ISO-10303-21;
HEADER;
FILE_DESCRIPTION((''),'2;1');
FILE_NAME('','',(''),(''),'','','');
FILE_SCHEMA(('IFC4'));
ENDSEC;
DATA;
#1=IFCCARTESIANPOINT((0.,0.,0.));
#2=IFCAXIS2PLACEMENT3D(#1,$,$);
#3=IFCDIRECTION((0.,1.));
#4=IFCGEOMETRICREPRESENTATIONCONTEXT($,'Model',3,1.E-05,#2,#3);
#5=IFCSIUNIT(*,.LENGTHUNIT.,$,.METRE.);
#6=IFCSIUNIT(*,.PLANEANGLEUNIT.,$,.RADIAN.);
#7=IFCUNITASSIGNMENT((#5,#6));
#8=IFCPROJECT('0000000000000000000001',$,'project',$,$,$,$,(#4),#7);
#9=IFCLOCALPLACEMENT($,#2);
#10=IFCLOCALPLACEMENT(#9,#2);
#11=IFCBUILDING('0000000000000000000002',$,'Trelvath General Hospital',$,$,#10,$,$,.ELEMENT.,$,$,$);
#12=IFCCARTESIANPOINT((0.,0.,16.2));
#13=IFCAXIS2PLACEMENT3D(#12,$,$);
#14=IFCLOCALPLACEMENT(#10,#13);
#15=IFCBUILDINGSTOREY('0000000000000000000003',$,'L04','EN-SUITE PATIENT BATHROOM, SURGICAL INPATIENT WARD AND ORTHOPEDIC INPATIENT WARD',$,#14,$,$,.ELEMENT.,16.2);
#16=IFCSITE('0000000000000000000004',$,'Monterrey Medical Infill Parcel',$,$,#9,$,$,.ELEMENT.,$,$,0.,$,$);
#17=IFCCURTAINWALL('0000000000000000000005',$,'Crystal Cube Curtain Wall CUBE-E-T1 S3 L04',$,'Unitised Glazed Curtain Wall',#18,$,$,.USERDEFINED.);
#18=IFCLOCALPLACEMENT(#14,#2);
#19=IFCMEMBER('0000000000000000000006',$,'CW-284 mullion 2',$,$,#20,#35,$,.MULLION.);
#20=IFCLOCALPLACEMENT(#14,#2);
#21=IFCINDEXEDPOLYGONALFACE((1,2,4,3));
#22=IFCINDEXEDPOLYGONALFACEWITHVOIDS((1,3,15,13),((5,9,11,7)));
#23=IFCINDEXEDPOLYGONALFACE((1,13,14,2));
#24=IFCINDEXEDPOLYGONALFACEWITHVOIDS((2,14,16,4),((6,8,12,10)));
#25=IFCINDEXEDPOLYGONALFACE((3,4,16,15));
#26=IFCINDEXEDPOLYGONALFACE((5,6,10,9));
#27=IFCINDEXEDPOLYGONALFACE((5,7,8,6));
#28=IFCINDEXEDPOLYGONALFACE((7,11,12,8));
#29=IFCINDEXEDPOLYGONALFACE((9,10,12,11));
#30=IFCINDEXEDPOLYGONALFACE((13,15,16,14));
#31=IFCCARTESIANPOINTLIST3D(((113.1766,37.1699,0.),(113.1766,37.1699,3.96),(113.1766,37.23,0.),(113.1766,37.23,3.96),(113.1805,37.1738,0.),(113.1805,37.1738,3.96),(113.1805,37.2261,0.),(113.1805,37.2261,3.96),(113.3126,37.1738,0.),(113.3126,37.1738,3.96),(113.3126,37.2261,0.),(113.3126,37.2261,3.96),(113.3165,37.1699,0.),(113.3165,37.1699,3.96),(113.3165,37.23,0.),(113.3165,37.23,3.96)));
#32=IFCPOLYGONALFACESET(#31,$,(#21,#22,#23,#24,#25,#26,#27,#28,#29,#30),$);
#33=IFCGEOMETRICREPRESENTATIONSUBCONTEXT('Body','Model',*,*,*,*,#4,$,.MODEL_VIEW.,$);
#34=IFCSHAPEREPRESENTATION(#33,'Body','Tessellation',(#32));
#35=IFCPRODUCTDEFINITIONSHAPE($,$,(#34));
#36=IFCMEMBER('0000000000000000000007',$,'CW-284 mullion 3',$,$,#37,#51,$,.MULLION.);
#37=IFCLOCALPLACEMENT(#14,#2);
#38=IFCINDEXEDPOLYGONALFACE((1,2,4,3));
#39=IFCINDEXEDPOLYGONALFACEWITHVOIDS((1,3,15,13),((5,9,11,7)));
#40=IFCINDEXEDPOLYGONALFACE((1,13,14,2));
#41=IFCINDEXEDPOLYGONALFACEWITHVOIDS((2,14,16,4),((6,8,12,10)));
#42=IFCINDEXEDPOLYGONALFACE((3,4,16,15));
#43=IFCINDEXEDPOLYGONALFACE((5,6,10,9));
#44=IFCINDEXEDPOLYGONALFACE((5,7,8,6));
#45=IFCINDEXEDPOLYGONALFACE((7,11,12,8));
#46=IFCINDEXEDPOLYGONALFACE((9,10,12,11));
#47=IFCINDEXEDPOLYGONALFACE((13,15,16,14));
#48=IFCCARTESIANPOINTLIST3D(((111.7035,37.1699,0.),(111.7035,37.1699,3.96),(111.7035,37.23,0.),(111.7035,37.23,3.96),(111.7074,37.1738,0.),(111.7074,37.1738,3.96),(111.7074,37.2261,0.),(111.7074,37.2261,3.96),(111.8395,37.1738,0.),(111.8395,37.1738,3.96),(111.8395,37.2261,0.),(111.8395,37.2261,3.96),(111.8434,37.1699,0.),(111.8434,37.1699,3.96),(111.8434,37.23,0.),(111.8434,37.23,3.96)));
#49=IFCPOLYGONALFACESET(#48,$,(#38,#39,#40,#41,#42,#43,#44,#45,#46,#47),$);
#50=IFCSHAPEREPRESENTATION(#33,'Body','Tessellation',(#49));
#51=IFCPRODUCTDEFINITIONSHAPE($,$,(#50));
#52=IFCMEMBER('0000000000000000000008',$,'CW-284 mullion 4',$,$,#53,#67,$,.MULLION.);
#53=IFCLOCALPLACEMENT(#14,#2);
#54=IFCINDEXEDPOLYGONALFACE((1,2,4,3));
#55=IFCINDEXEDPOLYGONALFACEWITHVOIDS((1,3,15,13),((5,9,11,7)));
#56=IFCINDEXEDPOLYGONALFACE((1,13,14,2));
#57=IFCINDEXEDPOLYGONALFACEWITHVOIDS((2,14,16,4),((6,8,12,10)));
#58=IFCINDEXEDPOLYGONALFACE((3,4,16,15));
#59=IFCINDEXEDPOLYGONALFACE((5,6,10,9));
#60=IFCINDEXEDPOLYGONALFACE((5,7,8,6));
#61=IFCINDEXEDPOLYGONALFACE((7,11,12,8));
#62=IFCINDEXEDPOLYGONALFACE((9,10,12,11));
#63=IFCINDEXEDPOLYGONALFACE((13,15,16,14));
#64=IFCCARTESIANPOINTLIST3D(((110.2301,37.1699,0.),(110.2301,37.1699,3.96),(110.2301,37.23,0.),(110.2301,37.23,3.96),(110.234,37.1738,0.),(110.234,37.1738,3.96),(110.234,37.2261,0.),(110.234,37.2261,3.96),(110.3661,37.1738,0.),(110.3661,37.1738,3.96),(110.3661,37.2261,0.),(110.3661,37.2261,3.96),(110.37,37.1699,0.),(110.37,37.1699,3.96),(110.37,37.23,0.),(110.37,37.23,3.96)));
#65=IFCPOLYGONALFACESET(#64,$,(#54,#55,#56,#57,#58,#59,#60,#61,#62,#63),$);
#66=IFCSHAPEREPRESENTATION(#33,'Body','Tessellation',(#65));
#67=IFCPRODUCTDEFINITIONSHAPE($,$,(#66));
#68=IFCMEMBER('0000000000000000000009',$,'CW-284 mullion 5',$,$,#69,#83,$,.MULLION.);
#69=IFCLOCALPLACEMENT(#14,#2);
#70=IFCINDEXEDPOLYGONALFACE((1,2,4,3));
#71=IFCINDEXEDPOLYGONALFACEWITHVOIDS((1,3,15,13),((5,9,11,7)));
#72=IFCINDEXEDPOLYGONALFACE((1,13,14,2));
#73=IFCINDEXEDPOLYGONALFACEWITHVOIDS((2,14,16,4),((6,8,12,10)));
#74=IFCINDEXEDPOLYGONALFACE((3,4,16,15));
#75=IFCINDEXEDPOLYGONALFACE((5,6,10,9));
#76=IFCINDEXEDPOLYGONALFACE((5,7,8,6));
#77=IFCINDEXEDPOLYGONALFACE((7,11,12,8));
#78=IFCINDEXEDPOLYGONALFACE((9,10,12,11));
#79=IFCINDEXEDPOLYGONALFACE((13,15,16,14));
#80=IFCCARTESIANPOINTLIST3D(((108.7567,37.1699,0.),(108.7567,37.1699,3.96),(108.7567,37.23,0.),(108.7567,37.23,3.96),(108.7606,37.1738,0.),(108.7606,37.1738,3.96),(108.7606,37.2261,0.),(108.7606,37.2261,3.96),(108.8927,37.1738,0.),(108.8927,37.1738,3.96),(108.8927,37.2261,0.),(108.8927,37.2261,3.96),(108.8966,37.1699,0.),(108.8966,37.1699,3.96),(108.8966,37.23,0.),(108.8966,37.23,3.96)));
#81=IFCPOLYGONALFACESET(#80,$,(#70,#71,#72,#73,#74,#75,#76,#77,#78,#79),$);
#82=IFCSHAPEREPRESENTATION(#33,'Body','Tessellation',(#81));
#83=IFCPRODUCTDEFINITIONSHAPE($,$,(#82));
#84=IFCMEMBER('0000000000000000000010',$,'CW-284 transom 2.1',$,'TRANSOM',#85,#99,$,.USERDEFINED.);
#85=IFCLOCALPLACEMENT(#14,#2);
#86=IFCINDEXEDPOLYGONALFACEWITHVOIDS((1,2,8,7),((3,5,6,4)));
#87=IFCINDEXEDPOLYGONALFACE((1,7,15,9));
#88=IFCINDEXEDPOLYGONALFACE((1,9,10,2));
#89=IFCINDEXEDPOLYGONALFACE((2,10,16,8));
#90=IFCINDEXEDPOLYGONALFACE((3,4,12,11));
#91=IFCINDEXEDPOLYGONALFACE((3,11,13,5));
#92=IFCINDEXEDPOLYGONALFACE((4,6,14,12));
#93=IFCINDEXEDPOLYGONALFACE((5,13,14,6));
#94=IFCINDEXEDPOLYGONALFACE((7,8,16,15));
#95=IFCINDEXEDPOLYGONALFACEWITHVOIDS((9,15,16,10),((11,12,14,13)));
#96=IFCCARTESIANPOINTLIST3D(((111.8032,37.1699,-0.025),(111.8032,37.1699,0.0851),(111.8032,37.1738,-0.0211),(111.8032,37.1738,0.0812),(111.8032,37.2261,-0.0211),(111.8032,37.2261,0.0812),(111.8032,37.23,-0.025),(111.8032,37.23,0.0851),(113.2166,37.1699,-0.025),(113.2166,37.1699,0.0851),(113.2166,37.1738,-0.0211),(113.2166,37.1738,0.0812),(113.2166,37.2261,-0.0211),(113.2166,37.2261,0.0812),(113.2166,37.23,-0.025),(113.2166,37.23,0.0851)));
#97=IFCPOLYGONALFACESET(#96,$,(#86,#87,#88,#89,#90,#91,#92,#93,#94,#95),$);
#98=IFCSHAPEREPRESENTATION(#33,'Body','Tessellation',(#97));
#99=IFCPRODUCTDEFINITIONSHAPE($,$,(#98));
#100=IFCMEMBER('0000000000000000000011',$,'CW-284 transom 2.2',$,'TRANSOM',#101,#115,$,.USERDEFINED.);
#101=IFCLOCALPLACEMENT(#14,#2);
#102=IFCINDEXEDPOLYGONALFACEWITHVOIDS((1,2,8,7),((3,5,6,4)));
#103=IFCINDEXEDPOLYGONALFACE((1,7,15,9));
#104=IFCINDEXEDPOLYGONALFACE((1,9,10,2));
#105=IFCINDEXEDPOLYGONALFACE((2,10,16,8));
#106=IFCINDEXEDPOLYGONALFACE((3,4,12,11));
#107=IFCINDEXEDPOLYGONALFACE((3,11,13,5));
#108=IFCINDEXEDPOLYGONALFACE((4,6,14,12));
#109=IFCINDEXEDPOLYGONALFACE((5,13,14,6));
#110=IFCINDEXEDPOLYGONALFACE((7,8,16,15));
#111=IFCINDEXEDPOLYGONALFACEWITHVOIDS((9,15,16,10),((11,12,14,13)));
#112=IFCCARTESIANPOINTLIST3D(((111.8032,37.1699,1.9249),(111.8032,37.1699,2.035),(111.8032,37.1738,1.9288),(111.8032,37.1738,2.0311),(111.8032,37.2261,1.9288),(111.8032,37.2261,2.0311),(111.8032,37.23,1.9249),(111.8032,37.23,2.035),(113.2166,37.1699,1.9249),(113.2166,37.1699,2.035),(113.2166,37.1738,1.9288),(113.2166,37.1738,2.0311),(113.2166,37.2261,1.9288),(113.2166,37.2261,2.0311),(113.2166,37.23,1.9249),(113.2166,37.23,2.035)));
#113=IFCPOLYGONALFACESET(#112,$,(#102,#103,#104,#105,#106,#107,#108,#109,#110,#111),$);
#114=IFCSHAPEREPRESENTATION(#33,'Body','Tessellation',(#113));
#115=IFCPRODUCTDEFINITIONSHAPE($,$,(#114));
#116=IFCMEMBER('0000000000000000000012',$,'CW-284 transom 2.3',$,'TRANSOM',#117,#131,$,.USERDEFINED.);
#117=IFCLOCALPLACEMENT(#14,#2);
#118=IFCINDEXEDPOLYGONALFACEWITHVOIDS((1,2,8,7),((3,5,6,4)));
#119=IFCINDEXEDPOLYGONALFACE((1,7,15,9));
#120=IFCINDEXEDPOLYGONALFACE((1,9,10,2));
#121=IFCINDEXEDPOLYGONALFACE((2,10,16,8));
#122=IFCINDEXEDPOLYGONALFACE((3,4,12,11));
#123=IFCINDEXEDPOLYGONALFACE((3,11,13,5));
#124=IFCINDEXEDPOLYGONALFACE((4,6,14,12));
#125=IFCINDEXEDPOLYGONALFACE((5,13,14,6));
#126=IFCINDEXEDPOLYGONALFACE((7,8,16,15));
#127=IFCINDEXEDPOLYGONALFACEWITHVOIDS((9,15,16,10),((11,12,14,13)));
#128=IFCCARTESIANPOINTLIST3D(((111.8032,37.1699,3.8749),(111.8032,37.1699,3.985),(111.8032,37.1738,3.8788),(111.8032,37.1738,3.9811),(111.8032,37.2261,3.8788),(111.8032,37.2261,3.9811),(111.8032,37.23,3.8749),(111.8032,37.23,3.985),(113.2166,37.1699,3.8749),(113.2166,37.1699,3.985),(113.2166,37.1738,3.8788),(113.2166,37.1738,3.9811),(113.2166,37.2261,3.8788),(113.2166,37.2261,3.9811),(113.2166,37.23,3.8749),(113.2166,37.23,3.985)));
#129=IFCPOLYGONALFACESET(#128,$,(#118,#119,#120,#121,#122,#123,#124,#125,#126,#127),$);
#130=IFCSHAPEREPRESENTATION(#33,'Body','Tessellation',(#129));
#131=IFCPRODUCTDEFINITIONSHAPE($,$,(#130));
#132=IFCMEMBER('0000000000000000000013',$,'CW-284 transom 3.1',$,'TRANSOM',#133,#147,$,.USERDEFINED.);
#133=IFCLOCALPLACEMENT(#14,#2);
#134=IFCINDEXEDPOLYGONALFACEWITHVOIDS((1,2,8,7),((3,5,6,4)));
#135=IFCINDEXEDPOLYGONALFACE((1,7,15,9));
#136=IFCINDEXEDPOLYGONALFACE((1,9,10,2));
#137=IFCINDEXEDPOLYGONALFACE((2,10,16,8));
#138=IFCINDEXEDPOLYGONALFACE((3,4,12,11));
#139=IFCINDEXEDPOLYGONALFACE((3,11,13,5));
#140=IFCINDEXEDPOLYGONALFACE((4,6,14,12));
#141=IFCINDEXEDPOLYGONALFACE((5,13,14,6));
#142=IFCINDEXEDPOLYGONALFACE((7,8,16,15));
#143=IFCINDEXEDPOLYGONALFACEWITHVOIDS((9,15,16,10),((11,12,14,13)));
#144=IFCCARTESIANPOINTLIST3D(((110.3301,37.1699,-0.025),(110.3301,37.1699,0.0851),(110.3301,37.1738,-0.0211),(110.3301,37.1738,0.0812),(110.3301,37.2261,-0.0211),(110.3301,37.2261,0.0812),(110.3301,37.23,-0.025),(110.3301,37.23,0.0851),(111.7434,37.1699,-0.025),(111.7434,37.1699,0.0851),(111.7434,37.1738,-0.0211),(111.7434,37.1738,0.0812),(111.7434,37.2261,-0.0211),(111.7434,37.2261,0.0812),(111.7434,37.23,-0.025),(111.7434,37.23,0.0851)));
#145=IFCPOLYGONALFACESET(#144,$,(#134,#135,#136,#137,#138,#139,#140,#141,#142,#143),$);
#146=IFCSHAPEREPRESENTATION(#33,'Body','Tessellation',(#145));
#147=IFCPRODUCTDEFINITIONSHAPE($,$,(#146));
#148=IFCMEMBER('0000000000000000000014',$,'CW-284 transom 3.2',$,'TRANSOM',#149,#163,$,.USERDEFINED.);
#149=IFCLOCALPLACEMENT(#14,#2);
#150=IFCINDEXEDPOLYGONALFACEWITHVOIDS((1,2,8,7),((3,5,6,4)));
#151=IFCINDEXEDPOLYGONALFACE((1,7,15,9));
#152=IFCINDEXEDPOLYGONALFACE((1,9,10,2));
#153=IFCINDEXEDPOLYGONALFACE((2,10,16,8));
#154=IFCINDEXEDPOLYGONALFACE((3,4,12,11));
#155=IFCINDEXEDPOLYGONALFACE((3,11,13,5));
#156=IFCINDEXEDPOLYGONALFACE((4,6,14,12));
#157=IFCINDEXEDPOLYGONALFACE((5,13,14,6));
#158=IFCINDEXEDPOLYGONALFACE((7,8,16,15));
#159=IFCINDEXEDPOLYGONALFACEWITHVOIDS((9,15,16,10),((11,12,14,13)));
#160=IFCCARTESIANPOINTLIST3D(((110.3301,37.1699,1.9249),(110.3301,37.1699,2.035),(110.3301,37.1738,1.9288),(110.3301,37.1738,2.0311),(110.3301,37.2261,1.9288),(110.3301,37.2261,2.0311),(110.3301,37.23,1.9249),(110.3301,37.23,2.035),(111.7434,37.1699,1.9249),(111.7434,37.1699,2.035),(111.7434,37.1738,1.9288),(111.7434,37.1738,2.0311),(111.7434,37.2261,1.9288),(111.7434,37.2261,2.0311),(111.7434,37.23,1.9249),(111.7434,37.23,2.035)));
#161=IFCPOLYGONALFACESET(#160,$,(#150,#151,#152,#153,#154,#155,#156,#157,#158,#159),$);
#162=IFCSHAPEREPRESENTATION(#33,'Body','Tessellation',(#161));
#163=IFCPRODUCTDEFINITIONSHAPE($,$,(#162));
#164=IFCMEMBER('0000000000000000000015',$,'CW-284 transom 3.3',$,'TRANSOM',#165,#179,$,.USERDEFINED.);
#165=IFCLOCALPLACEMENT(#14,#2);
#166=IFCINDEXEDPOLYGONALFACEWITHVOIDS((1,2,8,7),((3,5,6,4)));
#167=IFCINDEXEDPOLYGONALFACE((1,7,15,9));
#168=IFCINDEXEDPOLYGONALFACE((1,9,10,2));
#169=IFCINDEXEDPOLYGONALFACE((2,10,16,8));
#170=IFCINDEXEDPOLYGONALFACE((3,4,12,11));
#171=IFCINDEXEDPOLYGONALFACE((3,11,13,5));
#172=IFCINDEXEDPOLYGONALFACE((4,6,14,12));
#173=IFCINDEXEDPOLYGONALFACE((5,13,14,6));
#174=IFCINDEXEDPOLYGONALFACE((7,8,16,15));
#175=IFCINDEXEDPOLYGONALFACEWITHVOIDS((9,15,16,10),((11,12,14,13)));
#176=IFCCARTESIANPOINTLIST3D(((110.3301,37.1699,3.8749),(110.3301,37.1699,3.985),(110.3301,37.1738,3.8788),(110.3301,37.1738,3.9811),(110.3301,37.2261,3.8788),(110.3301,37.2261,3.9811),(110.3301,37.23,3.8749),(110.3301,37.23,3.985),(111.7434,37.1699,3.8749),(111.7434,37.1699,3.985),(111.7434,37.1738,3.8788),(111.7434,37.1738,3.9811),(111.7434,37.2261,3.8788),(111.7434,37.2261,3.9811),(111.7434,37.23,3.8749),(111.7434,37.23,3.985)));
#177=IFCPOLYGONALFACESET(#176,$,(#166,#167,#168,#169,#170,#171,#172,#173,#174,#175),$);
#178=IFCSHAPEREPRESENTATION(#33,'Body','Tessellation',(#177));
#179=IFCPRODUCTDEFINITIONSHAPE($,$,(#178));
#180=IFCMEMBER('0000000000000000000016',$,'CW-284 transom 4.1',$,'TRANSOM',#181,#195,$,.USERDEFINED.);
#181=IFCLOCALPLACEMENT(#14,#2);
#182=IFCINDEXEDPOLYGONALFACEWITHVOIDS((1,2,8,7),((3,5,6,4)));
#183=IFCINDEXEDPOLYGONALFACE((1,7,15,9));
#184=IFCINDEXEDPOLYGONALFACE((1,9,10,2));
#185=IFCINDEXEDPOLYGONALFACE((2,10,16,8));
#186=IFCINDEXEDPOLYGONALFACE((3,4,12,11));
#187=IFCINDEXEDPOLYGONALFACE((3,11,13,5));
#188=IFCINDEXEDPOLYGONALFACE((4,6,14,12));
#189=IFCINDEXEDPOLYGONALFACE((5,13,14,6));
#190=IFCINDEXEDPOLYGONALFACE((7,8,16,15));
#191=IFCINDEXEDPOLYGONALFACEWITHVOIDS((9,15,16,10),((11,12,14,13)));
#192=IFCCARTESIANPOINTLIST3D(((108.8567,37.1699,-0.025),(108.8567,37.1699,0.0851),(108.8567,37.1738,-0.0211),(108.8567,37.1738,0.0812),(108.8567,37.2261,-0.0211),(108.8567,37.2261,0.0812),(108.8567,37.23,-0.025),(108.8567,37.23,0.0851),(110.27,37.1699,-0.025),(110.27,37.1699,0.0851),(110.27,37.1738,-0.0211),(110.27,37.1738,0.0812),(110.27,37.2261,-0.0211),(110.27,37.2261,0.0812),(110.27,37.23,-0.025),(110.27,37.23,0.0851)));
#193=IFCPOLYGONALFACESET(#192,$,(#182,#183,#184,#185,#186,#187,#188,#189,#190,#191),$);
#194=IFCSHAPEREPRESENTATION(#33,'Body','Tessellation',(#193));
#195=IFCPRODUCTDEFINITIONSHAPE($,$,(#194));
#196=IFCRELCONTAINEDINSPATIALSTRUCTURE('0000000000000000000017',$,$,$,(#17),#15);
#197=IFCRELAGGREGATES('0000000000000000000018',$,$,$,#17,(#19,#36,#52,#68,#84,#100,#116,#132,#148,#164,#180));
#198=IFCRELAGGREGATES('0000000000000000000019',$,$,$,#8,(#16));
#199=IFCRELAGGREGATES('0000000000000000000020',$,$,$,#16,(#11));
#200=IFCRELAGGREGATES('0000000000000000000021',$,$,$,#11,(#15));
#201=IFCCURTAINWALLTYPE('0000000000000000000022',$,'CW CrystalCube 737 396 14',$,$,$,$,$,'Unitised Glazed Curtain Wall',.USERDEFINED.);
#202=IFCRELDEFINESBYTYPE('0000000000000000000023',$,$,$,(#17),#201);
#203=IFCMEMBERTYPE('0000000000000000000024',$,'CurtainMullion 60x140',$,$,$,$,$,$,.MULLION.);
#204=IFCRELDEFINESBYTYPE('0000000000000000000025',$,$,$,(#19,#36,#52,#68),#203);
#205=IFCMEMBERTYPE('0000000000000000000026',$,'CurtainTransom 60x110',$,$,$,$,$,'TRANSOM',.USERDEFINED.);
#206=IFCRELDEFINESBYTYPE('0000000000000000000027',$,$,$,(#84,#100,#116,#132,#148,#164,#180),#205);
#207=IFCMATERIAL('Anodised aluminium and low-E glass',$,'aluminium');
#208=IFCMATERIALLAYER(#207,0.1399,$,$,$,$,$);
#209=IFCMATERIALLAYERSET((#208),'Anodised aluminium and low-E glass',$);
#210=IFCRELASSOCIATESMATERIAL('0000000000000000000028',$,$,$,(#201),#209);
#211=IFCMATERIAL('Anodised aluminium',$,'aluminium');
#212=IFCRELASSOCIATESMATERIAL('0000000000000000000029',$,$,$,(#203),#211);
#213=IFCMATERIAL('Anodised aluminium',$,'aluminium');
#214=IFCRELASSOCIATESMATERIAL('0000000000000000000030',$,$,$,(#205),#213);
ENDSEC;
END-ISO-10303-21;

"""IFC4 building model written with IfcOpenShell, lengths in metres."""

from ifc_helpers import new_model, si_unit, direction, frame, origin, origin_2d, place, context, subcontext, project, spatial, hollow_rectangle, extrude, material, layer, layer_set, material_profile, profile_set, type_object, element, aggregate, save


model = new_model("IFC4")

# Units and contexts
model_context = context("Model", 3, precision=1e-05, world=origin(), true_north=direction((0.0, 1.0)))
body_context = subcontext(model_context, "Body", "Model", "MODEL_VIEW")
ifc_project = project(units=[si_unit("LENGTHUNIT", "METRE"), si_unit("PLANEANGLEUNIT", "RADIAN")], contexts=[model_context])

# Site, building, storey
site_placement = place(None, origin())
site = spatial("IfcSite", under=ifc_project, at=site_placement, Name="Monterrey Medical Infill Parcel", CompositionType="ELEMENT", RefElevation=0.0)
building_placement = place(site_placement, origin())
building = spatial("IfcBuilding", under=site, at=building_placement, Name="Trelvath General Hospital", CompositionType="ELEMENT")
storey_placement = place(building_placement, frame((0.0, 0.0, 16.2)))
storey = spatial("IfcBuildingStorey", under=building, at=storey_placement, Name="L04", Description="EN-SUITE PATIENT BATHROOM, SURGICAL INPATIENT WARD AND ORTHOPEDIC INPATIENT WARD", CompositionType="ELEMENT", Elevation=16.2)

# Curtain wall, members
ifc_material_1 = material(Name="Anodised aluminium and low-E glass", Category="aluminium")
ifc_layer_1 = layer(ifc_material_1, 0.1399)
ifc_layer_set_1 = layer_set([ifc_layer_1], Name="Anodised aluminium and low-E glass")
curtain_wall_type = type_object("IfcCurtainWallType", Name="CW CrystalCube 737 396 14", ElementType="Unitised Glazed Curtain Wall", PredefinedType="USERDEFINED", material=ifc_layer_set_1)
curtain_wall_placement = place(storey_placement, origin())
curtain_wall = element("IfcCurtainWall", 1, at=curtain_wall_placement, inside=storey, type_object=curtain_wall_type, Name="Crystal Cube Curtain Wall CUBE-E-T1 S3 L04", ObjectType="Unitised Glazed Curtain Wall", PredefinedType="USERDEFINED")
ifc_material_2 = material(Name="Anodised aluminium", Category="aluminium")
ifc_material_profile_1 = material_profile(ifc_material_2, hollow_rectangle(XDim=0.0601, YDim=0.1399, WallThickness=0.0039, at=origin_2d()), Name="RHS60x140x4")
ifc_profile_set_1 = profile_set([ifc_material_profile_1], Name="Anodised aluminium")
member_type_1 = type_object("IfcMemberType", Name="CurtainMullion 60x140", PredefinedType="MULLION", material=ifc_profile_set_1)
member_1_placement = place(storey_placement, frame((113.2466, 37.2, 0.0), z_axis=(0.0, 0.0, 1.0), x_axis=(0.0, -1.0, 0.0)))
member_1 = element("IfcMember", 2, at=member_1_placement, type_object=member_type_1, Name="CW-284 mullion 2", PredefinedType="MULLION", context=body_context, shape_type="SweptSolid", body=[
    extrude(hollow_rectangle(XDim=0.0601, YDim=0.1399, WallThickness=0.0039, at=origin_2d()), origin(), (0.0, 0.0, 1.0), 3.96),
])
member_2_placement = place(storey_placement, frame((111.7734, 37.2, 0.0), z_axis=(0.0, 0.0, 1.0), x_axis=(0.0, -1.0, 0.0)))
member_2 = element("IfcMember", 3, at=member_2_placement, type_object=member_type_1, Name="CW-284 mullion 3", PredefinedType="MULLION", context=body_context, shape_type="SweptSolid", body=[
    extrude(hollow_rectangle(XDim=0.0601, YDim=0.1399, WallThickness=0.0039, at=origin_2d()), origin(), (0.0, 0.0, 1.0), 3.96),
])
member_3_placement = place(storey_placement, frame((110.3, 37.2, 0.0), z_axis=(0.0, 0.0, 1.0), x_axis=(0.0, -1.0, 0.0)))
member_3 = element("IfcMember", 4, at=member_3_placement, type_object=member_type_1, Name="CW-284 mullion 4", PredefinedType="MULLION", context=body_context, shape_type="SweptSolid", body=[
    extrude(hollow_rectangle(XDim=0.0601, YDim=0.1399, WallThickness=0.0039, at=origin_2d()), origin(), (0.0, 0.0, 1.0), 3.96),
])
member_4_placement = place(storey_placement, frame((108.8267, 37.2, 0.0), z_axis=(0.0, 0.0, 1.0), x_axis=(0.0, -1.0, 0.0)))
member_4 = element("IfcMember", 5, at=member_4_placement, type_object=member_type_1, Name="CW-284 mullion 5", PredefinedType="MULLION", context=body_context, shape_type="SweptSolid", body=[
    extrude(hollow_rectangle(XDim=0.0601, YDim=0.1399, WallThickness=0.0039, at=origin_2d()), origin(), (0.0, 0.0, 1.0), 3.96),
])
ifc_material_3 = material(Name="Anodised aluminium", Category="aluminium")
ifc_material_profile_2 = material_profile(ifc_material_3, hollow_rectangle(XDim=0.0601, YDim=0.1101, WallThickness=0.0039, at=origin_2d()), Name="RHS60x110x4")
ifc_profile_set_2 = profile_set([ifc_material_profile_2], Name="Anodised aluminium")
member_type_2 = type_object("IfcMemberType", Name="CurtainTransom 60x110", ElementType="TRANSOM", PredefinedType="USERDEFINED", material=ifc_profile_set_2)
member_5_placement = place(storey_placement, frame((113.2166, 37.2, 0.03), z_axis=(-1.0, 0.0, 0.0), x_axis=(0.0, -1.0, 0.0)))
member_5 = element("IfcMember", 6, at=member_5_placement, type_object=member_type_2, Name="CW-284 transom 2.1", ObjectType="TRANSOM", PredefinedType="USERDEFINED", context=body_context, shape_type="SweptSolid", body=[
    extrude(hollow_rectangle(XDim=0.0601, YDim=0.1101, WallThickness=0.0039, at=origin_2d()), origin(), (0.0, 0.0, 1.0), 1.4133),
])
member_6_placement = place(storey_placement, frame((113.2166, 37.2, 1.98), z_axis=(-1.0, 0.0, 0.0), x_axis=(0.0, -1.0, 0.0)))
member_6 = element("IfcMember", 7, at=member_6_placement, type_object=member_type_2, Name="CW-284 transom 2.2", ObjectType="TRANSOM", PredefinedType="USERDEFINED", context=body_context, shape_type="SweptSolid", body=[
    extrude(hollow_rectangle(XDim=0.0601, YDim=0.1101, WallThickness=0.0039, at=origin_2d()), origin(), (0.0, 0.0, 1.0), 1.4133),
])
member_7_placement = place(storey_placement, frame((113.2166, 37.2, 3.9299), z_axis=(-1.0, 0.0, 0.0), x_axis=(0.0, -1.0, 0.0)))
member_7 = element("IfcMember", 8, at=member_7_placement, type_object=member_type_2, Name="CW-284 transom 2.3", ObjectType="TRANSOM", PredefinedType="USERDEFINED", context=body_context, shape_type="SweptSolid", body=[
    extrude(hollow_rectangle(XDim=0.0601, YDim=0.1101, WallThickness=0.0039, at=origin_2d()), origin(), (0.0, 0.0, 1.0), 1.4133),
])
member_8_placement = place(storey_placement, frame((111.7434, 37.2, 0.03), z_axis=(-1.0, 0.0, 0.0), x_axis=(0.0, -1.0, 0.0)))
member_8 = element("IfcMember", 9, at=member_8_placement, type_object=member_type_2, Name="CW-284 transom 3.1", ObjectType="TRANSOM", PredefinedType="USERDEFINED", context=body_context, shape_type="SweptSolid", body=[
    extrude(hollow_rectangle(XDim=0.0601, YDim=0.1101, WallThickness=0.0039, at=origin_2d()), origin(), (0.0, 0.0, 1.0), 1.4133),
])
member_9_placement = place(storey_placement, frame((111.7434, 37.2, 1.98), z_axis=(-1.0, 0.0, 0.0), x_axis=(0.0, -1.0, 0.0)))
member_9 = element("IfcMember", 10, at=member_9_placement, type_object=member_type_2, Name="CW-284 transom 3.2", ObjectType="TRANSOM", PredefinedType="USERDEFINED", context=body_context, shape_type="SweptSolid", body=[
    extrude(hollow_rectangle(XDim=0.0601, YDim=0.1101, WallThickness=0.0039, at=origin_2d()), origin(), (0.0, 0.0, 1.0), 1.4133),
])
member_10_placement = place(storey_placement, frame((111.7434, 37.2, 3.9299), z_axis=(-1.0, 0.0, 0.0), x_axis=(0.0, -1.0, 0.0)))
member_10 = element("IfcMember", 11, at=member_10_placement, type_object=member_type_2, Name="CW-284 transom 3.3", ObjectType="TRANSOM", PredefinedType="USERDEFINED", context=body_context, shape_type="SweptSolid", body=[
    extrude(hollow_rectangle(XDim=0.0601, YDim=0.1101, WallThickness=0.0039, at=origin_2d()), origin(), (0.0, 0.0, 1.0), 1.4133),
])
member_11_placement = place(storey_placement, frame((110.27, 37.2, 0.03), z_axis=(-1.0, 0.0, 0.0), x_axis=(0.0, -1.0, 0.0)))
member_11 = element("IfcMember", 12, at=member_11_placement, type_object=member_type_2, Name="CW-284 transom 4.1", ObjectType="TRANSOM", PredefinedType="USERDEFINED", context=body_context, shape_type="SweptSolid", body=[
    extrude(hollow_rectangle(XDim=0.0601, YDim=0.1101, WallThickness=0.0039, at=origin_2d()), origin(), (0.0, 0.0, 1.0), 1.4133),
])
aggregate(curtain_wall, [member_1, member_2, member_3, member_4, member_5, member_6, member_7, member_8, member_9, member_10, member_11])

save(model, "model.ifc")
